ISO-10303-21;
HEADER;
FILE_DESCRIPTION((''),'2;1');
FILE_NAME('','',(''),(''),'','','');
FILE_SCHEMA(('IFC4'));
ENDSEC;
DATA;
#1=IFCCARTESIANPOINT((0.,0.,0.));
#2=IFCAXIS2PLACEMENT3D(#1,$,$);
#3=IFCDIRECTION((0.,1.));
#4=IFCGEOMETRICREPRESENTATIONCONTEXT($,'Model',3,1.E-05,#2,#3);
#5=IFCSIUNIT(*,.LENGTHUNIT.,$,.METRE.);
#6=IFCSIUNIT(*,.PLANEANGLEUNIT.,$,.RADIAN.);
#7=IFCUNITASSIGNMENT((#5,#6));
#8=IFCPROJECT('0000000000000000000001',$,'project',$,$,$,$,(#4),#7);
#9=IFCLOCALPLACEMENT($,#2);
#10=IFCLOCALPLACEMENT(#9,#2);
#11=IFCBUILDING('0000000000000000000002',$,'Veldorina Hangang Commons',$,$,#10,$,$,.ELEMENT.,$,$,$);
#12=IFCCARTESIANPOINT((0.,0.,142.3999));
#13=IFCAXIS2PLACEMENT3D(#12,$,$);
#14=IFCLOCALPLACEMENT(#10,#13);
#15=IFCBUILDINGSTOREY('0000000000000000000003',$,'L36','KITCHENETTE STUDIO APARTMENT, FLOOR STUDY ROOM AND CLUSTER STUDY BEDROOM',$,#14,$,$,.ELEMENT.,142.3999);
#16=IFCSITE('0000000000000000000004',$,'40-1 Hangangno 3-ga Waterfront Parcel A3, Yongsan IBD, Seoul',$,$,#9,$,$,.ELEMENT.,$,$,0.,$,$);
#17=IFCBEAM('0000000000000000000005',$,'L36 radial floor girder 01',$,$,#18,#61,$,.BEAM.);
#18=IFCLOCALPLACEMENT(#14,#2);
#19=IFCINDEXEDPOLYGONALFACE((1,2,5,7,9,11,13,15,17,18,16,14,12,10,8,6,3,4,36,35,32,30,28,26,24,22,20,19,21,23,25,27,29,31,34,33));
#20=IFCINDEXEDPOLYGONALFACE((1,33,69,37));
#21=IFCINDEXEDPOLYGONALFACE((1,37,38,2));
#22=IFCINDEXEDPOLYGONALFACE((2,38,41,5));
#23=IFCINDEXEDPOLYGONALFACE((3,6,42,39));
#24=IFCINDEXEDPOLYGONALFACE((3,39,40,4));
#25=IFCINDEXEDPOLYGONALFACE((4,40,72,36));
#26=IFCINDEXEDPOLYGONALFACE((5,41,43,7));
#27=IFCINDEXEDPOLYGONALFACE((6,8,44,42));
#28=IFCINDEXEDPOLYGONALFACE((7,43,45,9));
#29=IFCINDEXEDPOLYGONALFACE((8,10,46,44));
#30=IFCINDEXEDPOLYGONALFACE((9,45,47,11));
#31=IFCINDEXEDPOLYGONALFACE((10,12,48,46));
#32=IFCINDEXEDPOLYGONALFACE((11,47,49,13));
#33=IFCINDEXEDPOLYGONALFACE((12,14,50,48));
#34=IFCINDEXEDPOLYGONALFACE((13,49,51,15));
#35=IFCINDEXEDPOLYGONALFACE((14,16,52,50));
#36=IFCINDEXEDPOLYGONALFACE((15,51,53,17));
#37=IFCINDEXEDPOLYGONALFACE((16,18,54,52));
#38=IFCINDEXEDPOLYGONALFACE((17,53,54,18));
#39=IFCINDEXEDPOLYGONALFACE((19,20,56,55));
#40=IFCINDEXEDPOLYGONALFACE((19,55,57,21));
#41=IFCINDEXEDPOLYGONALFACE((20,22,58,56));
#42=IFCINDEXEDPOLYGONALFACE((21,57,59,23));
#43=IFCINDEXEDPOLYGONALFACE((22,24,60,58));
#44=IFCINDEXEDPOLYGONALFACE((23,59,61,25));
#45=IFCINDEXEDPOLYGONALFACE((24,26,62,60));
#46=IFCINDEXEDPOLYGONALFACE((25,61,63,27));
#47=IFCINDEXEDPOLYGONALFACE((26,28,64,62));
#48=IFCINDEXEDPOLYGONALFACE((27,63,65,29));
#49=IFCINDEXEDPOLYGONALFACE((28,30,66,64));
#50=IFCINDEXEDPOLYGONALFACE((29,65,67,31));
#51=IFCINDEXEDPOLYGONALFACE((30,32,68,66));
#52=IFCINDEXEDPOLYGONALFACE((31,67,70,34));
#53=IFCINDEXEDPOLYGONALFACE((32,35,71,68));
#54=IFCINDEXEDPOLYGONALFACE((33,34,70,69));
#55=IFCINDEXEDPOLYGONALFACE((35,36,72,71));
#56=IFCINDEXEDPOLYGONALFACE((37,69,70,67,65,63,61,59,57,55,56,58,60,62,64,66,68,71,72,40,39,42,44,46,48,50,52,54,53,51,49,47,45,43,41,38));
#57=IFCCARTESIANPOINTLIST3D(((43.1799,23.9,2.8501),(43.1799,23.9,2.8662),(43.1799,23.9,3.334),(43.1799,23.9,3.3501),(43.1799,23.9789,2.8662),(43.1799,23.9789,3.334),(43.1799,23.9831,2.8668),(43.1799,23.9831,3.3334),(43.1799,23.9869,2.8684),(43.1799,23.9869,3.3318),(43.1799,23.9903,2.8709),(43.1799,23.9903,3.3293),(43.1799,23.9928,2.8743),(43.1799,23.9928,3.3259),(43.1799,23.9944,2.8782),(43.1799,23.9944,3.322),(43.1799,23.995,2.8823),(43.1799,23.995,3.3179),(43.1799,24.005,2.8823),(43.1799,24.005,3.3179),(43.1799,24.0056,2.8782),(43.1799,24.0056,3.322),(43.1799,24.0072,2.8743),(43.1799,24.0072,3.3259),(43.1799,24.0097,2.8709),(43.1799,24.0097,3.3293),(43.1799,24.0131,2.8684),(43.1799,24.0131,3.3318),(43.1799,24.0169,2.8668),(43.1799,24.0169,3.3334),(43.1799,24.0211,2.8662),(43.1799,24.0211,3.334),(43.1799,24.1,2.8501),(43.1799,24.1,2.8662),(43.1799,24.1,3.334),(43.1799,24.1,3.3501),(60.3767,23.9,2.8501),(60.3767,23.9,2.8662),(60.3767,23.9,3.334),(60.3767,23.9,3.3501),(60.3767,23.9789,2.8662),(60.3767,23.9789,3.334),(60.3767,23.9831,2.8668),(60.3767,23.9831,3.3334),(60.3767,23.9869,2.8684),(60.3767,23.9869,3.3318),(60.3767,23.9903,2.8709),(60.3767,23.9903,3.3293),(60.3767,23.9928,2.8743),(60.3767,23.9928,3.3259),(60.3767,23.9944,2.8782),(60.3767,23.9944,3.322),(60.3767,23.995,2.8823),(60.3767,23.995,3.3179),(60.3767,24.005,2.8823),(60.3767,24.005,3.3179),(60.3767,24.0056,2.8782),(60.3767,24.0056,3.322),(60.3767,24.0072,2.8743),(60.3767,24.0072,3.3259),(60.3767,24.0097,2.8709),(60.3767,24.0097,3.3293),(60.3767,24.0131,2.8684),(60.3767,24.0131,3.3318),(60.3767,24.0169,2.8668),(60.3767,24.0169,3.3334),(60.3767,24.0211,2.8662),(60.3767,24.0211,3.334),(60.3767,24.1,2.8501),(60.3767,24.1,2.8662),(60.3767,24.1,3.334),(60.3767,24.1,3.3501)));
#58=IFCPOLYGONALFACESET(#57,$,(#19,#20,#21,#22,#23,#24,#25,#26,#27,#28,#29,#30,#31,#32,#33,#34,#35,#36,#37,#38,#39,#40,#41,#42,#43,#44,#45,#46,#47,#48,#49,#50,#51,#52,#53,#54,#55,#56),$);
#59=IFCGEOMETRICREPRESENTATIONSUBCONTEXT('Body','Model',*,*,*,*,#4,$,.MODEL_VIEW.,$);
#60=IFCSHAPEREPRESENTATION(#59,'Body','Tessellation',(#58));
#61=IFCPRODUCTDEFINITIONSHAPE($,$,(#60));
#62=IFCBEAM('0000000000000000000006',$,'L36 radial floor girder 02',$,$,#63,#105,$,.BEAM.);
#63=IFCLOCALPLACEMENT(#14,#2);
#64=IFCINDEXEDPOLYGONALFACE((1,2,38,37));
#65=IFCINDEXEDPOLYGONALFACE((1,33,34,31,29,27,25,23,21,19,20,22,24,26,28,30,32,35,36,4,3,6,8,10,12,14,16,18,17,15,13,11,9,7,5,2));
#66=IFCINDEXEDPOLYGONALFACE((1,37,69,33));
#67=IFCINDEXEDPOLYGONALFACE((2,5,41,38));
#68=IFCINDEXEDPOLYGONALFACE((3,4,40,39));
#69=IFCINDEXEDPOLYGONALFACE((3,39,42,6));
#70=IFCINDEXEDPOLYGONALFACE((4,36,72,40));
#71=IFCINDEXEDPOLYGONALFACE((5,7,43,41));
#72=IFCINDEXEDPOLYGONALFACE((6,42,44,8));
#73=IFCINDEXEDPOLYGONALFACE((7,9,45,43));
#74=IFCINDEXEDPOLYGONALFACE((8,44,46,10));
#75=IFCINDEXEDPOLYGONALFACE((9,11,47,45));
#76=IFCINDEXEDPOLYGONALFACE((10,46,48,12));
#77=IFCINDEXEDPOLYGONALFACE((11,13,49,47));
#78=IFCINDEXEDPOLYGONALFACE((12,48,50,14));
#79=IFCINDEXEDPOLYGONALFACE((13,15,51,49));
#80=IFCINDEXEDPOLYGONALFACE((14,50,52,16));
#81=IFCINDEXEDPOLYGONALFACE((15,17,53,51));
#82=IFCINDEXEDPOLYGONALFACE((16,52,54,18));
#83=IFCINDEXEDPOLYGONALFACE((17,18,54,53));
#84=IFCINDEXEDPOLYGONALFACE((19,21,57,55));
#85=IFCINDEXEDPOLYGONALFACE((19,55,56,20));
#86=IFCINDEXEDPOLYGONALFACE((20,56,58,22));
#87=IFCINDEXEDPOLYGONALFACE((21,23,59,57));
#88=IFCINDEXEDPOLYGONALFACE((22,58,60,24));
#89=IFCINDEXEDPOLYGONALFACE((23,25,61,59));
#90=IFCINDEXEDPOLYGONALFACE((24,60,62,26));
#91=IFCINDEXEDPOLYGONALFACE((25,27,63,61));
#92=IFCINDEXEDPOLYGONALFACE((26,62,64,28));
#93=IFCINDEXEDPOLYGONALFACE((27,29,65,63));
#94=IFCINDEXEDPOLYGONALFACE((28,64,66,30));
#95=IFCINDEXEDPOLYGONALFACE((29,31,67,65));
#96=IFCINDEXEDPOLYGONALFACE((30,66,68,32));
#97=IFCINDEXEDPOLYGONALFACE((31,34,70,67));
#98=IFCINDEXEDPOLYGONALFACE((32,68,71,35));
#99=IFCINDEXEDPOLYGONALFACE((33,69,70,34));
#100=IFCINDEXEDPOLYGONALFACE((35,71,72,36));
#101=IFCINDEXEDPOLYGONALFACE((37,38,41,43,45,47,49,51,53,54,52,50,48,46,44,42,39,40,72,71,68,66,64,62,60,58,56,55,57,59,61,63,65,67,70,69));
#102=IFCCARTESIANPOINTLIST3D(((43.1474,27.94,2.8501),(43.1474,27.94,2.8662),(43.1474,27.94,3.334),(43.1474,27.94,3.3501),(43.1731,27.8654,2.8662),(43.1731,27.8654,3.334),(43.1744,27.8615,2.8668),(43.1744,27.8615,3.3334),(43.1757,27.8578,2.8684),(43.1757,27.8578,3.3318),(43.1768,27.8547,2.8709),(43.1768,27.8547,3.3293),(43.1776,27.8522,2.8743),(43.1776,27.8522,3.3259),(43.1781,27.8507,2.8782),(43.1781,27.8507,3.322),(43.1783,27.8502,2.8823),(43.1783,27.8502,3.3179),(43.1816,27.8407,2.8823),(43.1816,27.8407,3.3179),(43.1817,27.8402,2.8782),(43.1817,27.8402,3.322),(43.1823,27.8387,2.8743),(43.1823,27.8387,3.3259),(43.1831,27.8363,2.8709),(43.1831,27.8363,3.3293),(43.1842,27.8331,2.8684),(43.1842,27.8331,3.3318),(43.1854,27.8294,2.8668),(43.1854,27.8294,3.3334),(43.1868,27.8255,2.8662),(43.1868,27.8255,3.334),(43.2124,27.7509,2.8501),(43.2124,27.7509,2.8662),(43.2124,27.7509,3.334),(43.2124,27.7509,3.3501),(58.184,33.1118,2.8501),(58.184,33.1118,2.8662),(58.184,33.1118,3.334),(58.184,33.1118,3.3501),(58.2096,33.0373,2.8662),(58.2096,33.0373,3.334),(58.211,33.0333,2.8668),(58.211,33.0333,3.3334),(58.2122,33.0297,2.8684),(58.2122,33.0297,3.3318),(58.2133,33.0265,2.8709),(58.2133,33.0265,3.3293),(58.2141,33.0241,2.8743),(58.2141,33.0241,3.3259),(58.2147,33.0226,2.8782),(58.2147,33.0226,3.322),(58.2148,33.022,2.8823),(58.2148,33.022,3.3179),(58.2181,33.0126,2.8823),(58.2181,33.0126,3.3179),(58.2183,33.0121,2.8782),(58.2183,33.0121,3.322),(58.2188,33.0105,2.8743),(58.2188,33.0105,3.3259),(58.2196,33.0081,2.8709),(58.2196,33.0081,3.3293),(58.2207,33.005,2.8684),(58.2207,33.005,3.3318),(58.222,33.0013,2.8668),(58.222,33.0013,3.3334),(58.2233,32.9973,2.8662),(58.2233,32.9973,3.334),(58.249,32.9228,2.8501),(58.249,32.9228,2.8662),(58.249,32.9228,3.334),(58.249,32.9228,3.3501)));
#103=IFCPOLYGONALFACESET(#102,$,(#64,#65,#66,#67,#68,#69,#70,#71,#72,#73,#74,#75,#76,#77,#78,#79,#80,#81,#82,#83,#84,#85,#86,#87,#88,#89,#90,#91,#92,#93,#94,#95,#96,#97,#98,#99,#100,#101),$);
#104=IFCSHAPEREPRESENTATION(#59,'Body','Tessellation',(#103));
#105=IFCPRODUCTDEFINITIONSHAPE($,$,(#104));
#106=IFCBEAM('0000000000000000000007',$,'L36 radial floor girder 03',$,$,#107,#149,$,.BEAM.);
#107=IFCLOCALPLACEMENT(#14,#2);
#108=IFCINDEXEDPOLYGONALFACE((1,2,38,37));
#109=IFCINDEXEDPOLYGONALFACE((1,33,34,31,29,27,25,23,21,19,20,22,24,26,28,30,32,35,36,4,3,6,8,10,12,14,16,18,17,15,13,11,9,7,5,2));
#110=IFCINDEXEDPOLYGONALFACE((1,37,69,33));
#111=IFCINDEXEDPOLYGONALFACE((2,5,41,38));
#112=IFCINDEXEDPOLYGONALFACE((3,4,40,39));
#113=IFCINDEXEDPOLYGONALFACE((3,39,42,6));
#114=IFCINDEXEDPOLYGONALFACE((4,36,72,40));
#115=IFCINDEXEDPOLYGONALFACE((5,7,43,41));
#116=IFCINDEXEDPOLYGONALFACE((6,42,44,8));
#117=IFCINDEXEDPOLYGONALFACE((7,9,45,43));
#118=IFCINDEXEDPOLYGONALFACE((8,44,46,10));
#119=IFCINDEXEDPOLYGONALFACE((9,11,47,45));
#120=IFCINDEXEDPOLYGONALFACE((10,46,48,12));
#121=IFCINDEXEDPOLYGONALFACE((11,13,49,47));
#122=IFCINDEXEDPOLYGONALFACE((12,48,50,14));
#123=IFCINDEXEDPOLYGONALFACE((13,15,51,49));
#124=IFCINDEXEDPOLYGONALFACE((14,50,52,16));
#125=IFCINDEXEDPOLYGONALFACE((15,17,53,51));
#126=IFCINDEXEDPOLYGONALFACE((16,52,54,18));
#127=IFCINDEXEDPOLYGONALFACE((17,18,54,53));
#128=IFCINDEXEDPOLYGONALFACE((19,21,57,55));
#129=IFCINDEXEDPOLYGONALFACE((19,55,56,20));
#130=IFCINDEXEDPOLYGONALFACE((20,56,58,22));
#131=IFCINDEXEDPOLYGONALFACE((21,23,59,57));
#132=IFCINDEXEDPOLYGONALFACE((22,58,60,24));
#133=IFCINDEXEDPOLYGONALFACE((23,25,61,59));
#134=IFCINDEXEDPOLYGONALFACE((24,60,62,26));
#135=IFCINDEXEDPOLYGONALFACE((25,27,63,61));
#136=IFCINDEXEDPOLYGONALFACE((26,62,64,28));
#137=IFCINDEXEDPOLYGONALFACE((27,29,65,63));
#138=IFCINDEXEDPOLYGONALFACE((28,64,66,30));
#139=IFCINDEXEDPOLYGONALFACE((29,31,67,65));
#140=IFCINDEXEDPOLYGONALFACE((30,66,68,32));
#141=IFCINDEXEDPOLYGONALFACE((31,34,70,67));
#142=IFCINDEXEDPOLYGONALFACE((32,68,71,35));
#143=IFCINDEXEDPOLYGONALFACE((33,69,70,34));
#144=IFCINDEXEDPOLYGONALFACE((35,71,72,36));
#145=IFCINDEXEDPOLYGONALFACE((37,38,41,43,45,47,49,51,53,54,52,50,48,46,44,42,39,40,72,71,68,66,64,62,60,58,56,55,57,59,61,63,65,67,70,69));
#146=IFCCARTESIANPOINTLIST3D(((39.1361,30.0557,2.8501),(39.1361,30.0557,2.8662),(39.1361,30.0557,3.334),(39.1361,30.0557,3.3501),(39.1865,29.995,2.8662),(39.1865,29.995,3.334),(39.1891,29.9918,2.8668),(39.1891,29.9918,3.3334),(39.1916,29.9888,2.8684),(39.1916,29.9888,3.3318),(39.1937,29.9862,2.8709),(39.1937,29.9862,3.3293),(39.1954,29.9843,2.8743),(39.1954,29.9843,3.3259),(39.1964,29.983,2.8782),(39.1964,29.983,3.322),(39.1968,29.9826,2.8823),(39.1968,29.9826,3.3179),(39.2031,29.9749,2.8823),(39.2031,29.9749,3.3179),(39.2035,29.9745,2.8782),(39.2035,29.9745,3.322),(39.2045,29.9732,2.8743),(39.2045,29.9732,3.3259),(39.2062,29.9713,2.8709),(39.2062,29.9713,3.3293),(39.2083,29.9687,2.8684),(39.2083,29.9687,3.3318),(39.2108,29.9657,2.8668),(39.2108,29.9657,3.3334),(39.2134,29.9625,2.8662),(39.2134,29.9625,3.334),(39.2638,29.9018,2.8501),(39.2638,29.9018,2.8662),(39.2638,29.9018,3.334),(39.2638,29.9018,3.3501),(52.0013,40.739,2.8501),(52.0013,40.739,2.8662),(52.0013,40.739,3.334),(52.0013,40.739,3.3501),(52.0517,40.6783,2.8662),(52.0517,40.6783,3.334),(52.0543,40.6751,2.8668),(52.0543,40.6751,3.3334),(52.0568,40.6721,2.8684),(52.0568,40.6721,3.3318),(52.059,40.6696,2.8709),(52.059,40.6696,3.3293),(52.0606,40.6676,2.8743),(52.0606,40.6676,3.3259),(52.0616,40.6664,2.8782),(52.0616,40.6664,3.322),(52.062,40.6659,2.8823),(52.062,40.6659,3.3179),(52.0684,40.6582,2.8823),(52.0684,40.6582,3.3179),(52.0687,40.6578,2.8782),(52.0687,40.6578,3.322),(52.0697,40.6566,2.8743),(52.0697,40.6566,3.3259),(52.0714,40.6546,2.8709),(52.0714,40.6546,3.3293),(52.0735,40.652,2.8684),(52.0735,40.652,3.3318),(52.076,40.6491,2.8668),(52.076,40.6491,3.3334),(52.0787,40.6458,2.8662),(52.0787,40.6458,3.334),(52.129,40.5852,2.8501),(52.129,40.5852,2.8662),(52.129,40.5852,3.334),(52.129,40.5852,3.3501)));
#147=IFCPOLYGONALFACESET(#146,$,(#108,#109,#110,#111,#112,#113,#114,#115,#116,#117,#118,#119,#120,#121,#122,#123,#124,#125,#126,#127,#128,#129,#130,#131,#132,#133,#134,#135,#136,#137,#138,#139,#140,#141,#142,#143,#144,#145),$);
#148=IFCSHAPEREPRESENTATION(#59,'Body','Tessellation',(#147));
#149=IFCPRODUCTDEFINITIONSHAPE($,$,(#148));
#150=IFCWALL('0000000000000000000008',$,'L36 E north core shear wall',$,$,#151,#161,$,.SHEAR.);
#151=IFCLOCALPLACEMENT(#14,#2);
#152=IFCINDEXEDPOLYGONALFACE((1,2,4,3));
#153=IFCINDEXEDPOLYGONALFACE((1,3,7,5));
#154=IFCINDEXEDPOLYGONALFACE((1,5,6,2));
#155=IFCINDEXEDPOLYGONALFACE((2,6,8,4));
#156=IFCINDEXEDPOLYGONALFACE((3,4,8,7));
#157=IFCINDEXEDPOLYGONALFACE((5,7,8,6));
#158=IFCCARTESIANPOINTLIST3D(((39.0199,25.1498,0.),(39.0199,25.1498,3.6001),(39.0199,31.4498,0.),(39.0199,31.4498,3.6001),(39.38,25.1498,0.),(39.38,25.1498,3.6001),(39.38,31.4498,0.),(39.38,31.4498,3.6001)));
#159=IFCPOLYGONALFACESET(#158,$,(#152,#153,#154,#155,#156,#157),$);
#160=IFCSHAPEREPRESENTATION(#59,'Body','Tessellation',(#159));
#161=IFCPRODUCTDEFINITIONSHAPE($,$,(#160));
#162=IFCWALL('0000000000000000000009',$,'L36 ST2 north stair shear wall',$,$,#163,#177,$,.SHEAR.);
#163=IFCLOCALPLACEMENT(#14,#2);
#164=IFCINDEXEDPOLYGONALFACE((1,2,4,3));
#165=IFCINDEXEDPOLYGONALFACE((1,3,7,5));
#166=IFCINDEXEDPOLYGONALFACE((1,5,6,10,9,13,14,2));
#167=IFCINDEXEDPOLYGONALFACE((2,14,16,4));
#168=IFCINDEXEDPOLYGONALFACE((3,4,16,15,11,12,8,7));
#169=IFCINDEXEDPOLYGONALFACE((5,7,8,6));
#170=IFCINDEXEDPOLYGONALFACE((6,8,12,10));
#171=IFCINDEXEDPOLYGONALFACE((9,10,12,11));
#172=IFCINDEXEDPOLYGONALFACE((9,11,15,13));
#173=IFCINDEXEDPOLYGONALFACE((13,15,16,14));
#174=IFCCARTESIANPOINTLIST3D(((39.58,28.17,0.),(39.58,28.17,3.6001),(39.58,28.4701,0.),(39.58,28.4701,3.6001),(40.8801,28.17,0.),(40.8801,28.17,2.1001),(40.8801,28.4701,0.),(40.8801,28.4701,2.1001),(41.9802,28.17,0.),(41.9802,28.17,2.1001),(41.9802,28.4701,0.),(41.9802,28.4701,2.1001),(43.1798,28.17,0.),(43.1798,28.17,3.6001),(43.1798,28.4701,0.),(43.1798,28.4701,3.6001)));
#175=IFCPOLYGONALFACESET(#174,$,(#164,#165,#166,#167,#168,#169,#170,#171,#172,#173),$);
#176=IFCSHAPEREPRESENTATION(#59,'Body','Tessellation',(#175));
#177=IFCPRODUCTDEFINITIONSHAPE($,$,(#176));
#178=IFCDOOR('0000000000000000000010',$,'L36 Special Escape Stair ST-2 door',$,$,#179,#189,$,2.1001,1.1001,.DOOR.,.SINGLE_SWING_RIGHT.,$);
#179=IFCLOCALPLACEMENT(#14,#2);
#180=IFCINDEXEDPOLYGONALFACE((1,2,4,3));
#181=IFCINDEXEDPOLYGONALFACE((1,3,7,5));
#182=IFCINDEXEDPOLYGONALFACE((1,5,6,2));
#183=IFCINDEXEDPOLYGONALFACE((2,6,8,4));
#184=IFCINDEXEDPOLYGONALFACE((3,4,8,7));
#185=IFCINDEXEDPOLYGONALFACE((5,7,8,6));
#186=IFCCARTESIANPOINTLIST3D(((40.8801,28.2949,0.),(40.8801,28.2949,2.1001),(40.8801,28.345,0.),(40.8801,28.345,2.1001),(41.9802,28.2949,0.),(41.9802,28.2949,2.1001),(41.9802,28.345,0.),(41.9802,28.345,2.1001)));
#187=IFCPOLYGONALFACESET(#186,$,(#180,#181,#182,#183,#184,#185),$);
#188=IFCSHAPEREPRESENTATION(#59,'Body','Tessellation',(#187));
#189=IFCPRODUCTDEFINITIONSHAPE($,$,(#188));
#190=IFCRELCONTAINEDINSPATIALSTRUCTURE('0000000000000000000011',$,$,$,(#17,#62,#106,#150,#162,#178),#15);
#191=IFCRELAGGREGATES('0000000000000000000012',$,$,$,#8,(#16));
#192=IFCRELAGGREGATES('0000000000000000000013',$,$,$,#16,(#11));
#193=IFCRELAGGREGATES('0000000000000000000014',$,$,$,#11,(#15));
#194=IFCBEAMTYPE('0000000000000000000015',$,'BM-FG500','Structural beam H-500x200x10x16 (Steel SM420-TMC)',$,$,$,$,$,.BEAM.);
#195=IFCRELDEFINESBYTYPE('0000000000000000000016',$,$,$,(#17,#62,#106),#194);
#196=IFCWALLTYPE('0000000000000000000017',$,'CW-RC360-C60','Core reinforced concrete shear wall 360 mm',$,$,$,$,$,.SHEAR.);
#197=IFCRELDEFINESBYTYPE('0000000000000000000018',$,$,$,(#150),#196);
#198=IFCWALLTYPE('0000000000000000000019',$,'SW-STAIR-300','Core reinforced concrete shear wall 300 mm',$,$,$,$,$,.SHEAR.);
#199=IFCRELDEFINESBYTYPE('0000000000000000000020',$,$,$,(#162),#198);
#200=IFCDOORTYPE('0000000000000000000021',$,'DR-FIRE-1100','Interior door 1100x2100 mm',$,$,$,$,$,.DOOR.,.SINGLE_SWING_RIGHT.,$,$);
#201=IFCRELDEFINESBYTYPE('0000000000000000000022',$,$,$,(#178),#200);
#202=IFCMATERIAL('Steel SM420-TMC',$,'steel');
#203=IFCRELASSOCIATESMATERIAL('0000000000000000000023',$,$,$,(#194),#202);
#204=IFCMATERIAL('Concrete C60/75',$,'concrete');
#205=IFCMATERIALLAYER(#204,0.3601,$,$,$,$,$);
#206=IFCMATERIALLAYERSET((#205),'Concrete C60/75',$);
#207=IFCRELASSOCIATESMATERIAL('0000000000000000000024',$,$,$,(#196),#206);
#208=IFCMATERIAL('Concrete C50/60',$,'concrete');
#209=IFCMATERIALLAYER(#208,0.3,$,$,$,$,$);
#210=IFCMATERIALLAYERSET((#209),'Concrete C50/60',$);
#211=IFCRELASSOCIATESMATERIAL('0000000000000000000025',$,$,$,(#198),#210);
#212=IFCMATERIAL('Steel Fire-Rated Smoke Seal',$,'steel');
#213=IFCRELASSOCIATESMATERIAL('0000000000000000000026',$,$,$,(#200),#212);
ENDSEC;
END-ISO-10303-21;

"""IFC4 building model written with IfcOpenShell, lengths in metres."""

from ifc_helpers import new_model, si_unit, direction, frame, frame_2d, origin, origin_2d, place, context, subcontext, project, spatial, rectangle, i_section, extrude, material, layer, layer_set, material_profile, profile_set, type_object, element, fill, save


model = new_model("IFC4")

# Units and contexts
model_context = context("Model", 3, precision=1e-05, world=origin(), true_north=direction((0.0, 1.0)))
body_context = subcontext(model_context, "Body", "Model", "MODEL_VIEW")
ifc_project = project(units=[si_unit("LENGTHUNIT", "METRE"), si_unit("PLANEANGLEUNIT", "RADIAN")], contexts=[model_context])

# Site, building, storey
site_placement = place(None, origin())
site = spatial("IfcSite", under=ifc_project, at=site_placement, Name="40-1 Hangangno 3-ga Waterfront Parcel A3, Yongsan IBD, Seoul", CompositionType="ELEMENT", RefElevation=0.0)
building_placement = place(site_placement, origin())
building = spatial("IfcBuilding", under=site, at=building_placement, Name="Veldorina Hangang Commons", CompositionType="ELEMENT")
storey_placement = place(building_placement, frame((0.0, 0.0, 142.3999)))
storey = spatial("IfcBuildingStorey", under=building, at=storey_placement, Name="L36", Description="KITCHENETTE STUDIO APARTMENT, FLOOR STUDY ROOM AND CLUSTER STUDY BEDROOM", CompositionType="ELEMENT", Elevation=142.3999)

# Beams
ifc_material_1 = material(Name="Steel SM420-TMC", Category="steel")
ifc_material_profile = material_profile(ifc_material_1, i_section(OverallWidth=0.2, OverallDepth=0.5, WebThickness=0.01, FlangeThickness=0.0161, FilletRadius=0.0161, at=origin_2d()), Name="H-500x200x10x16")
ifc_profile_set = profile_set([ifc_material_profile], Name="Steel SM420-TMC")
beam_type = type_object("IfcBeamType", Name="BM-FG500", Description="Structural beam H-500x200x10x16 (Steel SM420-TMC)", PredefinedType="BEAM", material=ifc_profile_set)
beam_1_placement = place(storey_placement, frame((43.1799, 24.0, 3.1001), z_axis=(1.0, 0.0, 0.0), x_axis=(0.0, 1.0, 0.0)))
element("IfcBeam", 1, at=beam_1_placement, inside=storey, type_object=beam_type, Name="L36 radial floor girder 01", PredefinedType="BEAM", context=body_context, shape_type="SweptSolid", body=[
    extrude(i_section(OverallWidth=0.2, OverallDepth=0.5, WebThickness=0.01, FlangeThickness=0.0161, FilletRadius=0.0161, at=origin_2d()), origin(), (0.0, 0.0, 1.0), 17.1968),
])
beam_2_placement = place(storey_placement, frame((43.1799, 27.8455, 3.1001), z_axis=(0.945628, 0.325251, 0.0), x_axis=(-0.325251, 0.945628, 0.0)))
element("IfcBeam", 2, at=beam_2_placement, inside=storey, type_object=beam_type, Name="L36 radial floor girder 02", PredefinedType="BEAM", context=body_context, shape_type="SweptSolid", body=[
    extrude(i_section(OverallWidth=0.2, OverallDepth=0.5, WebThickness=0.01, FlangeThickness=0.0161, FilletRadius=0.0161, at=origin_2d()), origin(), (0.0, 0.0, 1.0), 15.9011),
])
beam_3_placement = place(storey_placement, frame((39.2, 29.9788, 3.1001), z_axis=(0.769328, 0.638854, 0.0), x_axis=(-0.638854, 0.769328, 0.0)))
element("IfcBeam", 3, at=beam_3_placement, inside=storey, type_object=beam_type, Name="L36 radial floor girder 03", PredefinedType="BEAM", context=body_context, shape_type="SweptSolid", body=[
    extrude(i_section(OverallWidth=0.2, OverallDepth=0.5, WebThickness=0.01, FlangeThickness=0.0161, FilletRadius=0.0161, at=origin_2d()), origin(), (0.0, 0.0, 1.0), 16.7227),
])

# Wall
ifc_material_2 = material(Name="Concrete C60/75", Category="concrete")
ifc_layer_1 = layer(ifc_material_2, 0.3601)
ifc_layer_set_1 = layer_set([ifc_layer_1], Name="Concrete C60/75")
wall_type_1 = type_object("IfcWallType", Name="CW-RC360-C60", Description="Core reinforced concrete shear wall 360 mm", PredefinedType="SHEAR", material=ifc_layer_set_1)
wall_1_placement = place(storey_placement, frame((39.2, 25.1499, 0.0), z_axis=(0.0, 0.0, 1.0), x_axis=(0.0, 1.0, 0.0)))
element("IfcWall", 4, at=wall_1_placement, inside=storey, type_object=wall_type_1, Name="L36 E north core shear wall", PredefinedType="SHEAR", context=body_context, shape_type="SweptSolid", body=[
    extrude(rectangle(XDim=6.3, YDim=0.3601, at=frame_2d((3.1499, 0.0))), origin(), (0.0, 0.0, 1.0), 3.6001),
])

# Wall, opening, door
ifc_material_3 = material(Name="Concrete C50/60", Category="concrete")
ifc_layer_2 = layer(ifc_material_3, 0.3)
ifc_layer_set_2 = layer_set([ifc_layer_2], Name="Concrete C50/60")
wall_type_2 = type_object("IfcWallType", Name="SW-STAIR-300", Description="Core reinforced concrete shear wall 300 mm", PredefinedType="SHEAR", material=ifc_layer_set_2)
wall_2_placement = place(storey_placement, frame((39.5801, 28.3201, 0.0), z_axis=(0.0, 0.0, 1.0), x_axis=(1.0, 0.0, 0.0)))
wall_2 = element("IfcWall", 5, at=wall_2_placement, inside=storey, type_object=wall_type_2, Name="L36 ST2 north stair shear wall", PredefinedType="SHEAR", context=body_context, shape_type="SweptSolid", body=[
    extrude(rectangle(XDim=3.5999, YDim=0.3, at=frame_2d((1.7998, 0.0))), origin(), (0.0, 0.0, 1.0), 3.6001),
])
opening_1_placement = place(wall_2_placement, frame((1.3, 0.0, 0.0)))
opening_1 = element("IfcOpeningElement", 6, at=opening_1_placement, cuts=wall_2, PredefinedType="OPENING", context=body_context, shape_type="SweptSolid", body=[
    extrude(rectangle(XDim=1.1001, YDim=2.1001, at=frame_2d((0.55, 1.05))), frame((0.0, 0.1602, 0.0), z_axis=(0.0, -1.0, 0.0), x_axis=(1.0, 0.0, 0.0)), (0.0, 0.0, 1.0), 0.3201),
])
ifc_material_4 = material(Name="Steel Fire-Rated Smoke Seal", Category="steel")
door_type_1 = type_object("IfcDoorType", Name="DR-FIRE-1100", Description="Interior door 1100x2100 mm", OperationType="SINGLE_SWING_RIGHT", PredefinedType="DOOR", material=ifc_material_4)
door_1_placement = place(opening_1_placement, origin())
door_1 = element("IfcDoor", 7, at=door_1_placement, inside=storey, type_object=door_type_1, Name="L36 Special Escape Stair ST-2 door", OperationType="SINGLE_SWING_RIGHT", OverallHeight=2.1001, OverallWidth=1.1001, PredefinedType="DOOR", context=body_context, shape_type="SweptSolid", body=[
    extrude(rectangle(XDim=1.1001, YDim=2.1001, at=frame_2d((0.55, 1.05))), frame((0.0, 0.0249, 0.0), z_axis=(0.0, -1.0, 0.0), x_axis=(1.0, 0.0, 0.0)), (0.0, 0.0, 1.0), 0.05),
])
fill(opening_1, door_1)

save(model, "model.ifc")
